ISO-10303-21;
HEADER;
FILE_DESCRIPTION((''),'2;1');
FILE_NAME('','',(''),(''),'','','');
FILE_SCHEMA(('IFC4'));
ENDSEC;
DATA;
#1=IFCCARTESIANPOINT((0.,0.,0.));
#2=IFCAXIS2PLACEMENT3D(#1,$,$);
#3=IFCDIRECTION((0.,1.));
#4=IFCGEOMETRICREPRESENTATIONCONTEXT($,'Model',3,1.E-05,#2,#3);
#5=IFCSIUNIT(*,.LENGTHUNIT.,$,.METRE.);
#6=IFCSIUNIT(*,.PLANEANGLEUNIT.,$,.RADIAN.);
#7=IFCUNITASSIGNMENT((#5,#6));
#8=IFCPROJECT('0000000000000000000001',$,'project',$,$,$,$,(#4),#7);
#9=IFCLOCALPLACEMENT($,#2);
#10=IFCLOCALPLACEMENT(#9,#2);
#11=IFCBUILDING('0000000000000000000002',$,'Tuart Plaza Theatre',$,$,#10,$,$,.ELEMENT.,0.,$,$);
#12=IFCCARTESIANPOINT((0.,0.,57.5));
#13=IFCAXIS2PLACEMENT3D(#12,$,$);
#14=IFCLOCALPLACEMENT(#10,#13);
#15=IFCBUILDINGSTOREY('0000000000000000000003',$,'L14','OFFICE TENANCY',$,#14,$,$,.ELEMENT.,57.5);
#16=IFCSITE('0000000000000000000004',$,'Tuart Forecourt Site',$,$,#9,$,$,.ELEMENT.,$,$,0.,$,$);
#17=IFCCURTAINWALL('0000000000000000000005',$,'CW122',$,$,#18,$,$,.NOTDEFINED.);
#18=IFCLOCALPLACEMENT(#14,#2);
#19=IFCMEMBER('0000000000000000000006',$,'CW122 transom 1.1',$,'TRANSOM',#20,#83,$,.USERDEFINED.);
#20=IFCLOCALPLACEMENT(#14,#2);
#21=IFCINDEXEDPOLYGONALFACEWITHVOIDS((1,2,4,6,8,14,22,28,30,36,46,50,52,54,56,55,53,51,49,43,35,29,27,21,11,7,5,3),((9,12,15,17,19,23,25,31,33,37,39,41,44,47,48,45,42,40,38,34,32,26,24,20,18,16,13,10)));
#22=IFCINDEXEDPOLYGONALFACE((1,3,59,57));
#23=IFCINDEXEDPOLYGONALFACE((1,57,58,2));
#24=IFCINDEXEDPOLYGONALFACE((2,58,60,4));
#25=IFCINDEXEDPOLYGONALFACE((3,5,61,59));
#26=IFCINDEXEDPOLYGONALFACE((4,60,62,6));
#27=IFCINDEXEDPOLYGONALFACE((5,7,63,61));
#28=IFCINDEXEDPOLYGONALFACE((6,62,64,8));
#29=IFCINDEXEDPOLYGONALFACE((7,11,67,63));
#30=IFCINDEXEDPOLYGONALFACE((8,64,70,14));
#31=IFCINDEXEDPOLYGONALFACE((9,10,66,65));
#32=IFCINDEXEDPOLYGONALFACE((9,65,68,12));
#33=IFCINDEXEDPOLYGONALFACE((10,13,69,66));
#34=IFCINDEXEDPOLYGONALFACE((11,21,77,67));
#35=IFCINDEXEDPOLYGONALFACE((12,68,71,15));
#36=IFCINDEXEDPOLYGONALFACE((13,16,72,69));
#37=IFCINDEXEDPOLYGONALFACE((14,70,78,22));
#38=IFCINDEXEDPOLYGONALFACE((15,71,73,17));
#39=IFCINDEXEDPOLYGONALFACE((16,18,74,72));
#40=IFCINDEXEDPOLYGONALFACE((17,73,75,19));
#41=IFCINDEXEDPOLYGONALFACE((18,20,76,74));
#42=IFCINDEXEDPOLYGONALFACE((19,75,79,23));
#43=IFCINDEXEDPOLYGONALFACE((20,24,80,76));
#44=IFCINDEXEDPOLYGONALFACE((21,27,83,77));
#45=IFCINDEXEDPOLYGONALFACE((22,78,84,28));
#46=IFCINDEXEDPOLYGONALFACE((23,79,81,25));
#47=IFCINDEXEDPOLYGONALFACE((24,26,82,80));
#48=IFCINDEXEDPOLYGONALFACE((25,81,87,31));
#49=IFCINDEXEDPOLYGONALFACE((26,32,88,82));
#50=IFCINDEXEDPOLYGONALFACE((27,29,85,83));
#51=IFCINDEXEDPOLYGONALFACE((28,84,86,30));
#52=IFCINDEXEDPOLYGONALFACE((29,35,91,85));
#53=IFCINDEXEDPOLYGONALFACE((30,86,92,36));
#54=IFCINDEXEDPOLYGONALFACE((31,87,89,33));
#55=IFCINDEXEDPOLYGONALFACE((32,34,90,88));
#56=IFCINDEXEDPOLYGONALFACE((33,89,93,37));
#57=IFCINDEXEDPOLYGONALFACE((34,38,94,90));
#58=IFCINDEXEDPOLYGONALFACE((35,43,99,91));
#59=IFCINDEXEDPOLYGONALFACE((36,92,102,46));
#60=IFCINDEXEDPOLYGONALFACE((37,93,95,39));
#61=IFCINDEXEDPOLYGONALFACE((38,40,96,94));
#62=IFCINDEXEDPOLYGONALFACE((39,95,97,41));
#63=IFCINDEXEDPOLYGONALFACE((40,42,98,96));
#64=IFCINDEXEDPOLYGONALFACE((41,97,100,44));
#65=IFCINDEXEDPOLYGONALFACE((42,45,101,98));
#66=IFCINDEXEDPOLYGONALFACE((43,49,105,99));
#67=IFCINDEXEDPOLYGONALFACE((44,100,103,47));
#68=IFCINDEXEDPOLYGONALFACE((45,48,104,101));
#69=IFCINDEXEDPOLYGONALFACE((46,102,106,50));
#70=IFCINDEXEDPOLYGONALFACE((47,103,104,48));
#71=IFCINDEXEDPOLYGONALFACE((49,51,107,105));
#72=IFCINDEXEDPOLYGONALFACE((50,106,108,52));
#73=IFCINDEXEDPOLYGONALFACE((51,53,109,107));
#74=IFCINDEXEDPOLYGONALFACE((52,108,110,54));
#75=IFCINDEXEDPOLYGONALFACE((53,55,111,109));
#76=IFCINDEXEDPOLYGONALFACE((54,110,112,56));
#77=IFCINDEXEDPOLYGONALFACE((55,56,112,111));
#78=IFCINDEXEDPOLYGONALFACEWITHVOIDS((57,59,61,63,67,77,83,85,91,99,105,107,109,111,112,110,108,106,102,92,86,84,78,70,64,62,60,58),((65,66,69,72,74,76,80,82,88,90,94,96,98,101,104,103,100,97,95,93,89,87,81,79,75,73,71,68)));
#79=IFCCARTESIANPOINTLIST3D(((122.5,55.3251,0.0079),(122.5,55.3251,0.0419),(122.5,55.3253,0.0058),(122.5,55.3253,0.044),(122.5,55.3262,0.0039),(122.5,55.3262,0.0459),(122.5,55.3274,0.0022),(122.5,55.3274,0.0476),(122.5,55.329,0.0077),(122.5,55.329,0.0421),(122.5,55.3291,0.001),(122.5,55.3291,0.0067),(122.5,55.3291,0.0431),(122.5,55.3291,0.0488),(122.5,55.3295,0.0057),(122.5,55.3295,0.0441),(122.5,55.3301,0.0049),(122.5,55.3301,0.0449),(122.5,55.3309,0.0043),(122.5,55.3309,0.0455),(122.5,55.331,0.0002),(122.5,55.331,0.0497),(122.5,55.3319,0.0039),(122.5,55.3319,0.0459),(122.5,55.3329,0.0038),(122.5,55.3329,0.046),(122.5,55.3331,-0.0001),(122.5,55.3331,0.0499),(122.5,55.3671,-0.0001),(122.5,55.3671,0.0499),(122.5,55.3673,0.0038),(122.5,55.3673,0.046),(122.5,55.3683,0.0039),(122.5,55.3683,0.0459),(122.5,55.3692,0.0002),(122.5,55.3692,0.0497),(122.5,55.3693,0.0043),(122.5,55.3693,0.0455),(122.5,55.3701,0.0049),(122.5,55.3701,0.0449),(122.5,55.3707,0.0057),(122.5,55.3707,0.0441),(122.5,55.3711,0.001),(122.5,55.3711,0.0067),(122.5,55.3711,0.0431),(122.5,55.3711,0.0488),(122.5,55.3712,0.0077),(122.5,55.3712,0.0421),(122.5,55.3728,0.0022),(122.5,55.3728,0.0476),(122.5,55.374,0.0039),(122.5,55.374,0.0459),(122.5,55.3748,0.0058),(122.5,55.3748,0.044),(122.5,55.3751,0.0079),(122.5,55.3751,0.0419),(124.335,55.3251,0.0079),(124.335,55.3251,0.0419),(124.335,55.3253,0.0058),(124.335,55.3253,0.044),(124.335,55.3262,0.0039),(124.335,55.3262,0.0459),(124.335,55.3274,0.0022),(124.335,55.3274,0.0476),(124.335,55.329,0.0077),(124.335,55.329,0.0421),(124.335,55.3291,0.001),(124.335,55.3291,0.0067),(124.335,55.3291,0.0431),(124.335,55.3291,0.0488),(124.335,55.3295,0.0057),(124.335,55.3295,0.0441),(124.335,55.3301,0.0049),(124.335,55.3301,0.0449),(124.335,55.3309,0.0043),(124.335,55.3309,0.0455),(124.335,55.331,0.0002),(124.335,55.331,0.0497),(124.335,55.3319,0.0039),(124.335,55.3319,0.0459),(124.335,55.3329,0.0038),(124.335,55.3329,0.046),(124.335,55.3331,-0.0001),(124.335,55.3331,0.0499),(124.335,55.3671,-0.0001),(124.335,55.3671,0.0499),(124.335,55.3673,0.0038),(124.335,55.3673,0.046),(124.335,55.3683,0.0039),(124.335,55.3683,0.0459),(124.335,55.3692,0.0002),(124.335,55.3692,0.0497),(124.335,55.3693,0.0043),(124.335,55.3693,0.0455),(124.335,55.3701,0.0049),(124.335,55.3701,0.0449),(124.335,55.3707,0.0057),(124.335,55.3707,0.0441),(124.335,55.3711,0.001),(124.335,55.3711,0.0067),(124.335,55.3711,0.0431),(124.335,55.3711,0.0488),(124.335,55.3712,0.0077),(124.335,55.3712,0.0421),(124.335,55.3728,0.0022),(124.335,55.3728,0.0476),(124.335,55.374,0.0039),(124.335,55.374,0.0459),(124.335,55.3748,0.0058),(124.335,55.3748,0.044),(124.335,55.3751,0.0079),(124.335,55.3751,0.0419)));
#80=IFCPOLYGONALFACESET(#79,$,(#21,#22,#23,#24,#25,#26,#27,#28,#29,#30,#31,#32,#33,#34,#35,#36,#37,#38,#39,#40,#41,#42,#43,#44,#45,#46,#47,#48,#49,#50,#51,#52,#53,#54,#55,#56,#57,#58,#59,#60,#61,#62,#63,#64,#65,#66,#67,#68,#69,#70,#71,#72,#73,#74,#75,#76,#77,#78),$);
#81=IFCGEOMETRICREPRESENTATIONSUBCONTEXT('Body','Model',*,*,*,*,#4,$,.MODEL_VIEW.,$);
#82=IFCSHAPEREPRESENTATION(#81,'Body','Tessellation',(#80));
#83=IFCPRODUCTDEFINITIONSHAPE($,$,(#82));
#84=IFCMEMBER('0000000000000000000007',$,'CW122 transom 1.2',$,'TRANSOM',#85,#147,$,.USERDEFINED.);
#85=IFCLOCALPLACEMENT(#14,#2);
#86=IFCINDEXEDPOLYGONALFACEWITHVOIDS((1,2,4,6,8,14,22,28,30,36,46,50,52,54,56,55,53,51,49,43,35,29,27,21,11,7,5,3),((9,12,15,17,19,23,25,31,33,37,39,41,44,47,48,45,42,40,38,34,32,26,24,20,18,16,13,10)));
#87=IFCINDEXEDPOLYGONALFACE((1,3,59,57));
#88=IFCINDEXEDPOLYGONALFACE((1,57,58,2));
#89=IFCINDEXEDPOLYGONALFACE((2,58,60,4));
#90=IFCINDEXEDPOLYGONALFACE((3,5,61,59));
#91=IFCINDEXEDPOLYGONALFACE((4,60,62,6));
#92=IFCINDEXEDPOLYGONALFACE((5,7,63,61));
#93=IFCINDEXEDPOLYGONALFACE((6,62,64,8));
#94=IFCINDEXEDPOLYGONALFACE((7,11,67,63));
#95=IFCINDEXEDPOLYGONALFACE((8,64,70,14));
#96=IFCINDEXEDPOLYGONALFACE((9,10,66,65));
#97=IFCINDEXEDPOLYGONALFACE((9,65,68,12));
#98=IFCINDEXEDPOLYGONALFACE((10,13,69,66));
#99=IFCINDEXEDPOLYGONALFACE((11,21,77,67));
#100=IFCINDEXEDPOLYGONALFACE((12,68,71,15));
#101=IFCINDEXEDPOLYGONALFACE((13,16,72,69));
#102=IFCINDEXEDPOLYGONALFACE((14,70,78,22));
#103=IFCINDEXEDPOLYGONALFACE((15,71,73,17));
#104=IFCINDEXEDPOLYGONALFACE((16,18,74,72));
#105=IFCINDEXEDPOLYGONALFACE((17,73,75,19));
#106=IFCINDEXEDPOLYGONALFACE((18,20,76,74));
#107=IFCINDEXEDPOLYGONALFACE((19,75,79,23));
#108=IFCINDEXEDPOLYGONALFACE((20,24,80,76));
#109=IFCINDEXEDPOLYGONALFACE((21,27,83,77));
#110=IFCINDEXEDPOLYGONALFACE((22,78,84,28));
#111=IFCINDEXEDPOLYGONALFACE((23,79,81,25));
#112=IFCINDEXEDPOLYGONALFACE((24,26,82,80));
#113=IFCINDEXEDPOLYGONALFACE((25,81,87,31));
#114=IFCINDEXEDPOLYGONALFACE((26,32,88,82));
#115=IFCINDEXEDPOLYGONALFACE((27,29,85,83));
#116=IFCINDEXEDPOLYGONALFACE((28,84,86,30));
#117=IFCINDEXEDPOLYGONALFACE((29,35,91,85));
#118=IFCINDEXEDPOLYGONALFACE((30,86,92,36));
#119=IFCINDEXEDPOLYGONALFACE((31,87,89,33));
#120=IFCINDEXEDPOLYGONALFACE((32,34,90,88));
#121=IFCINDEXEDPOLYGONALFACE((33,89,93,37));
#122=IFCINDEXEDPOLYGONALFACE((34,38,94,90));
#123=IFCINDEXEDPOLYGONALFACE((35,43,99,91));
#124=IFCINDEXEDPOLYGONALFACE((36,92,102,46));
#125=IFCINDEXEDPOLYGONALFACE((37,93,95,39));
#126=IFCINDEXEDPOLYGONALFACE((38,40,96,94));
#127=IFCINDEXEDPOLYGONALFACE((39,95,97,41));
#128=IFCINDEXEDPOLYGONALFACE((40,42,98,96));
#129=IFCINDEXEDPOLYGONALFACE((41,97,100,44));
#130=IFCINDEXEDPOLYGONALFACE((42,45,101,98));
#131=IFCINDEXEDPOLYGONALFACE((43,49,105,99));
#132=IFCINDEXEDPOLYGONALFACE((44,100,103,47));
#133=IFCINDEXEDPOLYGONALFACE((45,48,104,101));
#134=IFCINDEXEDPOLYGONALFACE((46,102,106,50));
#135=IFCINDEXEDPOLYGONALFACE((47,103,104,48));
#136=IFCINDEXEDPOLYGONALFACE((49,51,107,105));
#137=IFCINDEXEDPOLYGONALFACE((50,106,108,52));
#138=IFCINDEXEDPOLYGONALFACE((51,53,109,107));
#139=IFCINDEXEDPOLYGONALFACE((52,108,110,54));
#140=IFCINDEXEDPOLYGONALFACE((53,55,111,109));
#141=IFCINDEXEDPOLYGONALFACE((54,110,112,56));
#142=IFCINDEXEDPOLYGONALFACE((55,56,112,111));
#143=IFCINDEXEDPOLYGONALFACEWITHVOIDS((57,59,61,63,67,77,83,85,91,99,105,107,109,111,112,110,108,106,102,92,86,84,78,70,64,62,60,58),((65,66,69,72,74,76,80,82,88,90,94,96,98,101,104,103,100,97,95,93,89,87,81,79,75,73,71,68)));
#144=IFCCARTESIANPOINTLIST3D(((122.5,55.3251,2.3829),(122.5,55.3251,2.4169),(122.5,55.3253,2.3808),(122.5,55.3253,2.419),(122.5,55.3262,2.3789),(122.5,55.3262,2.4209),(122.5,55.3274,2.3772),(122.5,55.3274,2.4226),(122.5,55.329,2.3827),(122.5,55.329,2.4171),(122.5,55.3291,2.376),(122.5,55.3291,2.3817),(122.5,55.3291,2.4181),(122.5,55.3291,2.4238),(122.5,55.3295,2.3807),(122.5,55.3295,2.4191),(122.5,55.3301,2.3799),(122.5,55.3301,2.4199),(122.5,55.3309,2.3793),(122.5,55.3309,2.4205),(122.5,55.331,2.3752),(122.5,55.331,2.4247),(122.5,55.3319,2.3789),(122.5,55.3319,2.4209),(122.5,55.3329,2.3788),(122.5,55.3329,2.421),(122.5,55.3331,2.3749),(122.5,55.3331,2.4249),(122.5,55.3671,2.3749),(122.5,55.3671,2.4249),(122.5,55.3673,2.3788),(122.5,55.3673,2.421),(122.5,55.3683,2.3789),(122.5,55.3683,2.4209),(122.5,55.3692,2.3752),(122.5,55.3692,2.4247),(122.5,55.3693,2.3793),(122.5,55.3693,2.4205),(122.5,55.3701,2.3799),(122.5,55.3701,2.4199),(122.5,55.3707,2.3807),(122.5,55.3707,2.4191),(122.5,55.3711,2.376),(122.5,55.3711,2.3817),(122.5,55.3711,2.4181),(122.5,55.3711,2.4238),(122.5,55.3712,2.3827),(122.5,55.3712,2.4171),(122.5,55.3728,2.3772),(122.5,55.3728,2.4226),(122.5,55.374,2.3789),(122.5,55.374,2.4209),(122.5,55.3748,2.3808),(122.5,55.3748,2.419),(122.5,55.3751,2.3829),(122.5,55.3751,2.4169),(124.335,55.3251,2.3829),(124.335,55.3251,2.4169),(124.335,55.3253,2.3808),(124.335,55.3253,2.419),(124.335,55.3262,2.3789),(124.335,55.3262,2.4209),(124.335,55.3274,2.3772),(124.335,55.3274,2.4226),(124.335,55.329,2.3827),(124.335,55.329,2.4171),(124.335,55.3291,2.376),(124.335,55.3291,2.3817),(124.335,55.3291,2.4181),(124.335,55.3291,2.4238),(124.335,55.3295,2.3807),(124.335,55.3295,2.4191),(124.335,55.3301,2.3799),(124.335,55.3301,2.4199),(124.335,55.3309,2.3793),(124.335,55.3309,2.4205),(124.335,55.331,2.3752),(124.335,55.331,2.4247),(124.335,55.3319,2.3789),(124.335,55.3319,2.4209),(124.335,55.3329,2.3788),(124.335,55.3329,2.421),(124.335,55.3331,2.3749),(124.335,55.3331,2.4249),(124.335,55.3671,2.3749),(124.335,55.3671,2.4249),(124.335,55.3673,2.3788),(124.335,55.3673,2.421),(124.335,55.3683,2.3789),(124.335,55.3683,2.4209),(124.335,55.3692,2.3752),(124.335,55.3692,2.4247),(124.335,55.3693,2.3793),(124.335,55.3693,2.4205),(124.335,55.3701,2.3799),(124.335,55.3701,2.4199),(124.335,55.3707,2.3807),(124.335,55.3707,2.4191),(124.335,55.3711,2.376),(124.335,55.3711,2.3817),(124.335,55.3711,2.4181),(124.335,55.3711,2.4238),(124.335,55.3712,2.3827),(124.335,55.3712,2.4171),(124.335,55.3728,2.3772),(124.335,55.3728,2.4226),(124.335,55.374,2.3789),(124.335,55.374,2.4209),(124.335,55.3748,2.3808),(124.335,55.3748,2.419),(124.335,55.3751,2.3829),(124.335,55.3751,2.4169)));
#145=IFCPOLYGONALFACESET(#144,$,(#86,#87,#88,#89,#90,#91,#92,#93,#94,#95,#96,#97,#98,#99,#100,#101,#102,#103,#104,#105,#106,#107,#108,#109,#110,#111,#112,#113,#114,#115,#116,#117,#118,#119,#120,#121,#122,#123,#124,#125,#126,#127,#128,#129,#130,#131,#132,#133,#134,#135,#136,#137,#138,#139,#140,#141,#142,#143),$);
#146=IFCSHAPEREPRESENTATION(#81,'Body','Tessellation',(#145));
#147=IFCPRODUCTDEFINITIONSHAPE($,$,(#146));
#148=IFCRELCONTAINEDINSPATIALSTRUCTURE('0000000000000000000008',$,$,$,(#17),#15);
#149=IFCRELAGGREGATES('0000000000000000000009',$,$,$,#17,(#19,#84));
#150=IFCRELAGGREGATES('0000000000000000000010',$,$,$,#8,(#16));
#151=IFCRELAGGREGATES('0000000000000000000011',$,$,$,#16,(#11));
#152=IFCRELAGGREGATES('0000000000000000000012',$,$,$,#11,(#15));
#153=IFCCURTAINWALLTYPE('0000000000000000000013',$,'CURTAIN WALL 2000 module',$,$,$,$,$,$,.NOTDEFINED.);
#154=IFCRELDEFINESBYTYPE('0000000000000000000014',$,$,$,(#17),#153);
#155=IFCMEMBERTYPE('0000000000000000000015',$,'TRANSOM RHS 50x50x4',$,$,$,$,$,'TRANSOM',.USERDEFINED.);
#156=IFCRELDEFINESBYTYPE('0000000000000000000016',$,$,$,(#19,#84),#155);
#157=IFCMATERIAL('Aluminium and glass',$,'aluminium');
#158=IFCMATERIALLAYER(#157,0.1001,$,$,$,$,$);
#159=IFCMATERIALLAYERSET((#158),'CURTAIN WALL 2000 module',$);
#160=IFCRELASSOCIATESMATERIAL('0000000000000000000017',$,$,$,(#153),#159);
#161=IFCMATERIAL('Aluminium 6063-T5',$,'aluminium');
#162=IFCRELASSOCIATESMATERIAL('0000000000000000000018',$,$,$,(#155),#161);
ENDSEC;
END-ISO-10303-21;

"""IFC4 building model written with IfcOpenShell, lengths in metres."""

from ifc_helpers import new_model, si_unit, direction, frame, origin, origin_2d, place, context, subcontext, project, spatial, hollow_rectangle, extrude, material, layer, layer_set, material_profile, profile_set, type_object, element, aggregate, save


model = new_model("IFC4")

# Units and contexts
model_context = context("Model", 3, precision=1e-05, world=origin(), true_north=direction((0.0, 1.0)))
body_context = subcontext(model_context, "Body", "Model", "MODEL_VIEW")
ifc_project = project(units=[si_unit("LENGTHUNIT", "METRE"), si_unit("PLANEANGLEUNIT", "RADIAN")], contexts=[model_context])

# Site, building, storey
site_placement = place(None, origin())
site = spatial("IfcSite", under=ifc_project, at=site_placement, Name="Tuart Forecourt Site", CompositionType="ELEMENT", RefElevation=0.0)
building_placement = place(site_placement, origin())
building = spatial("IfcBuilding", under=site, at=building_placement, Name="Tuart Plaza Theatre", CompositionType="ELEMENT", ElevationOfRefHeight=0.0)
storey_placement = place(building_placement, frame((0.0, 0.0, 57.5)))
storey = spatial("IfcBuildingStorey", under=building, at=storey_placement, Name="L14", Description="OFFICE TENANCY", CompositionType="ELEMENT", Elevation=57.5)

# Shared definitions
ifc_material_1 = material(Name="Aluminium and glass", Category="aluminium")
ifc_layer_1 = layer(ifc_material_1, 0.1001)
ifc_layer_set_1 = layer_set([ifc_layer_1], Name="CURTAIN WALL 2000 module")
curtain_wall_type = type_object("IfcCurtainWallType", Name="CURTAIN WALL 2000 module", PredefinedType="NOTDEFINED", material=ifc_layer_set_1)

# Curtain wall
curtain_wall_1_placement = place(storey_placement, origin())
curtain_wall_1 = element("IfcCurtainWall", 1, at=curtain_wall_1_placement, inside=storey, type_object=curtain_wall_type, Name="CW122", PredefinedType="NOTDEFINED")

# Members
ifc_material_2 = material(Name="Aluminium 6063-T5", Category="aluminium")
ifc_material_profile_1 = material_profile(ifc_material_2, hollow_rectangle(XDim=0.05, YDim=0.05, WallThickness=0.0039, InnerFilletRadius=0.0039, OuterFilletRadius=0.0081, at=origin_2d()), Name="RHS 50x50x4")
ifc_profile_set_1 = profile_set([ifc_material_profile_1], Name="Aluminium 6063-T5")
member_type_1 = type_object("IfcMemberType", Name="TRANSOM RHS 50x50x4", ElementType="TRANSOM", PredefinedType="USERDEFINED", material=ifc_profile_set_1)
member_1_placement = place(storey_placement, frame((122.5, 55.3501, 0.0249), z_axis=(1.0, 0.0, 0.0), x_axis=(0.0, 1.0, 0.0)))
member_1 = element("IfcMember", 2, at=member_1_placement, type_object=member_type_1, Name="CW122 transom 1.1", ObjectType="TRANSOM", PredefinedType="USERDEFINED", context=body_context, shape_type="SweptSolid", body=[
    extrude(hollow_rectangle(XDim=0.05, YDim=0.05, WallThickness=0.0039, InnerFilletRadius=0.0039, OuterFilletRadius=0.0081, at=origin_2d()), origin(), (0.0, 0.0, 1.0), 1.835),
])
member_2_placement = place(storey_placement, frame((122.5, 55.3501, 2.3999), z_axis=(1.0, 0.0, 0.0), x_axis=(0.0, 1.0, 0.0)))
member_2 = element("IfcMember", 3, at=member_2_placement, type_object=member_type_1, Name="CW122 transom 1.2", ObjectType="TRANSOM", PredefinedType="USERDEFINED", context=body_context, shape_type="SweptSolid", body=[
    extrude(hollow_rectangle(XDim=0.05, YDim=0.05, WallThickness=0.0039, InnerFilletRadius=0.0039, OuterFilletRadius=0.0081, at=origin_2d()), origin(), (0.0, 0.0, 1.0), 1.835),
])

aggregate(curtain_wall_1, [member_1, member_2])

save(model, "model.ifc")
